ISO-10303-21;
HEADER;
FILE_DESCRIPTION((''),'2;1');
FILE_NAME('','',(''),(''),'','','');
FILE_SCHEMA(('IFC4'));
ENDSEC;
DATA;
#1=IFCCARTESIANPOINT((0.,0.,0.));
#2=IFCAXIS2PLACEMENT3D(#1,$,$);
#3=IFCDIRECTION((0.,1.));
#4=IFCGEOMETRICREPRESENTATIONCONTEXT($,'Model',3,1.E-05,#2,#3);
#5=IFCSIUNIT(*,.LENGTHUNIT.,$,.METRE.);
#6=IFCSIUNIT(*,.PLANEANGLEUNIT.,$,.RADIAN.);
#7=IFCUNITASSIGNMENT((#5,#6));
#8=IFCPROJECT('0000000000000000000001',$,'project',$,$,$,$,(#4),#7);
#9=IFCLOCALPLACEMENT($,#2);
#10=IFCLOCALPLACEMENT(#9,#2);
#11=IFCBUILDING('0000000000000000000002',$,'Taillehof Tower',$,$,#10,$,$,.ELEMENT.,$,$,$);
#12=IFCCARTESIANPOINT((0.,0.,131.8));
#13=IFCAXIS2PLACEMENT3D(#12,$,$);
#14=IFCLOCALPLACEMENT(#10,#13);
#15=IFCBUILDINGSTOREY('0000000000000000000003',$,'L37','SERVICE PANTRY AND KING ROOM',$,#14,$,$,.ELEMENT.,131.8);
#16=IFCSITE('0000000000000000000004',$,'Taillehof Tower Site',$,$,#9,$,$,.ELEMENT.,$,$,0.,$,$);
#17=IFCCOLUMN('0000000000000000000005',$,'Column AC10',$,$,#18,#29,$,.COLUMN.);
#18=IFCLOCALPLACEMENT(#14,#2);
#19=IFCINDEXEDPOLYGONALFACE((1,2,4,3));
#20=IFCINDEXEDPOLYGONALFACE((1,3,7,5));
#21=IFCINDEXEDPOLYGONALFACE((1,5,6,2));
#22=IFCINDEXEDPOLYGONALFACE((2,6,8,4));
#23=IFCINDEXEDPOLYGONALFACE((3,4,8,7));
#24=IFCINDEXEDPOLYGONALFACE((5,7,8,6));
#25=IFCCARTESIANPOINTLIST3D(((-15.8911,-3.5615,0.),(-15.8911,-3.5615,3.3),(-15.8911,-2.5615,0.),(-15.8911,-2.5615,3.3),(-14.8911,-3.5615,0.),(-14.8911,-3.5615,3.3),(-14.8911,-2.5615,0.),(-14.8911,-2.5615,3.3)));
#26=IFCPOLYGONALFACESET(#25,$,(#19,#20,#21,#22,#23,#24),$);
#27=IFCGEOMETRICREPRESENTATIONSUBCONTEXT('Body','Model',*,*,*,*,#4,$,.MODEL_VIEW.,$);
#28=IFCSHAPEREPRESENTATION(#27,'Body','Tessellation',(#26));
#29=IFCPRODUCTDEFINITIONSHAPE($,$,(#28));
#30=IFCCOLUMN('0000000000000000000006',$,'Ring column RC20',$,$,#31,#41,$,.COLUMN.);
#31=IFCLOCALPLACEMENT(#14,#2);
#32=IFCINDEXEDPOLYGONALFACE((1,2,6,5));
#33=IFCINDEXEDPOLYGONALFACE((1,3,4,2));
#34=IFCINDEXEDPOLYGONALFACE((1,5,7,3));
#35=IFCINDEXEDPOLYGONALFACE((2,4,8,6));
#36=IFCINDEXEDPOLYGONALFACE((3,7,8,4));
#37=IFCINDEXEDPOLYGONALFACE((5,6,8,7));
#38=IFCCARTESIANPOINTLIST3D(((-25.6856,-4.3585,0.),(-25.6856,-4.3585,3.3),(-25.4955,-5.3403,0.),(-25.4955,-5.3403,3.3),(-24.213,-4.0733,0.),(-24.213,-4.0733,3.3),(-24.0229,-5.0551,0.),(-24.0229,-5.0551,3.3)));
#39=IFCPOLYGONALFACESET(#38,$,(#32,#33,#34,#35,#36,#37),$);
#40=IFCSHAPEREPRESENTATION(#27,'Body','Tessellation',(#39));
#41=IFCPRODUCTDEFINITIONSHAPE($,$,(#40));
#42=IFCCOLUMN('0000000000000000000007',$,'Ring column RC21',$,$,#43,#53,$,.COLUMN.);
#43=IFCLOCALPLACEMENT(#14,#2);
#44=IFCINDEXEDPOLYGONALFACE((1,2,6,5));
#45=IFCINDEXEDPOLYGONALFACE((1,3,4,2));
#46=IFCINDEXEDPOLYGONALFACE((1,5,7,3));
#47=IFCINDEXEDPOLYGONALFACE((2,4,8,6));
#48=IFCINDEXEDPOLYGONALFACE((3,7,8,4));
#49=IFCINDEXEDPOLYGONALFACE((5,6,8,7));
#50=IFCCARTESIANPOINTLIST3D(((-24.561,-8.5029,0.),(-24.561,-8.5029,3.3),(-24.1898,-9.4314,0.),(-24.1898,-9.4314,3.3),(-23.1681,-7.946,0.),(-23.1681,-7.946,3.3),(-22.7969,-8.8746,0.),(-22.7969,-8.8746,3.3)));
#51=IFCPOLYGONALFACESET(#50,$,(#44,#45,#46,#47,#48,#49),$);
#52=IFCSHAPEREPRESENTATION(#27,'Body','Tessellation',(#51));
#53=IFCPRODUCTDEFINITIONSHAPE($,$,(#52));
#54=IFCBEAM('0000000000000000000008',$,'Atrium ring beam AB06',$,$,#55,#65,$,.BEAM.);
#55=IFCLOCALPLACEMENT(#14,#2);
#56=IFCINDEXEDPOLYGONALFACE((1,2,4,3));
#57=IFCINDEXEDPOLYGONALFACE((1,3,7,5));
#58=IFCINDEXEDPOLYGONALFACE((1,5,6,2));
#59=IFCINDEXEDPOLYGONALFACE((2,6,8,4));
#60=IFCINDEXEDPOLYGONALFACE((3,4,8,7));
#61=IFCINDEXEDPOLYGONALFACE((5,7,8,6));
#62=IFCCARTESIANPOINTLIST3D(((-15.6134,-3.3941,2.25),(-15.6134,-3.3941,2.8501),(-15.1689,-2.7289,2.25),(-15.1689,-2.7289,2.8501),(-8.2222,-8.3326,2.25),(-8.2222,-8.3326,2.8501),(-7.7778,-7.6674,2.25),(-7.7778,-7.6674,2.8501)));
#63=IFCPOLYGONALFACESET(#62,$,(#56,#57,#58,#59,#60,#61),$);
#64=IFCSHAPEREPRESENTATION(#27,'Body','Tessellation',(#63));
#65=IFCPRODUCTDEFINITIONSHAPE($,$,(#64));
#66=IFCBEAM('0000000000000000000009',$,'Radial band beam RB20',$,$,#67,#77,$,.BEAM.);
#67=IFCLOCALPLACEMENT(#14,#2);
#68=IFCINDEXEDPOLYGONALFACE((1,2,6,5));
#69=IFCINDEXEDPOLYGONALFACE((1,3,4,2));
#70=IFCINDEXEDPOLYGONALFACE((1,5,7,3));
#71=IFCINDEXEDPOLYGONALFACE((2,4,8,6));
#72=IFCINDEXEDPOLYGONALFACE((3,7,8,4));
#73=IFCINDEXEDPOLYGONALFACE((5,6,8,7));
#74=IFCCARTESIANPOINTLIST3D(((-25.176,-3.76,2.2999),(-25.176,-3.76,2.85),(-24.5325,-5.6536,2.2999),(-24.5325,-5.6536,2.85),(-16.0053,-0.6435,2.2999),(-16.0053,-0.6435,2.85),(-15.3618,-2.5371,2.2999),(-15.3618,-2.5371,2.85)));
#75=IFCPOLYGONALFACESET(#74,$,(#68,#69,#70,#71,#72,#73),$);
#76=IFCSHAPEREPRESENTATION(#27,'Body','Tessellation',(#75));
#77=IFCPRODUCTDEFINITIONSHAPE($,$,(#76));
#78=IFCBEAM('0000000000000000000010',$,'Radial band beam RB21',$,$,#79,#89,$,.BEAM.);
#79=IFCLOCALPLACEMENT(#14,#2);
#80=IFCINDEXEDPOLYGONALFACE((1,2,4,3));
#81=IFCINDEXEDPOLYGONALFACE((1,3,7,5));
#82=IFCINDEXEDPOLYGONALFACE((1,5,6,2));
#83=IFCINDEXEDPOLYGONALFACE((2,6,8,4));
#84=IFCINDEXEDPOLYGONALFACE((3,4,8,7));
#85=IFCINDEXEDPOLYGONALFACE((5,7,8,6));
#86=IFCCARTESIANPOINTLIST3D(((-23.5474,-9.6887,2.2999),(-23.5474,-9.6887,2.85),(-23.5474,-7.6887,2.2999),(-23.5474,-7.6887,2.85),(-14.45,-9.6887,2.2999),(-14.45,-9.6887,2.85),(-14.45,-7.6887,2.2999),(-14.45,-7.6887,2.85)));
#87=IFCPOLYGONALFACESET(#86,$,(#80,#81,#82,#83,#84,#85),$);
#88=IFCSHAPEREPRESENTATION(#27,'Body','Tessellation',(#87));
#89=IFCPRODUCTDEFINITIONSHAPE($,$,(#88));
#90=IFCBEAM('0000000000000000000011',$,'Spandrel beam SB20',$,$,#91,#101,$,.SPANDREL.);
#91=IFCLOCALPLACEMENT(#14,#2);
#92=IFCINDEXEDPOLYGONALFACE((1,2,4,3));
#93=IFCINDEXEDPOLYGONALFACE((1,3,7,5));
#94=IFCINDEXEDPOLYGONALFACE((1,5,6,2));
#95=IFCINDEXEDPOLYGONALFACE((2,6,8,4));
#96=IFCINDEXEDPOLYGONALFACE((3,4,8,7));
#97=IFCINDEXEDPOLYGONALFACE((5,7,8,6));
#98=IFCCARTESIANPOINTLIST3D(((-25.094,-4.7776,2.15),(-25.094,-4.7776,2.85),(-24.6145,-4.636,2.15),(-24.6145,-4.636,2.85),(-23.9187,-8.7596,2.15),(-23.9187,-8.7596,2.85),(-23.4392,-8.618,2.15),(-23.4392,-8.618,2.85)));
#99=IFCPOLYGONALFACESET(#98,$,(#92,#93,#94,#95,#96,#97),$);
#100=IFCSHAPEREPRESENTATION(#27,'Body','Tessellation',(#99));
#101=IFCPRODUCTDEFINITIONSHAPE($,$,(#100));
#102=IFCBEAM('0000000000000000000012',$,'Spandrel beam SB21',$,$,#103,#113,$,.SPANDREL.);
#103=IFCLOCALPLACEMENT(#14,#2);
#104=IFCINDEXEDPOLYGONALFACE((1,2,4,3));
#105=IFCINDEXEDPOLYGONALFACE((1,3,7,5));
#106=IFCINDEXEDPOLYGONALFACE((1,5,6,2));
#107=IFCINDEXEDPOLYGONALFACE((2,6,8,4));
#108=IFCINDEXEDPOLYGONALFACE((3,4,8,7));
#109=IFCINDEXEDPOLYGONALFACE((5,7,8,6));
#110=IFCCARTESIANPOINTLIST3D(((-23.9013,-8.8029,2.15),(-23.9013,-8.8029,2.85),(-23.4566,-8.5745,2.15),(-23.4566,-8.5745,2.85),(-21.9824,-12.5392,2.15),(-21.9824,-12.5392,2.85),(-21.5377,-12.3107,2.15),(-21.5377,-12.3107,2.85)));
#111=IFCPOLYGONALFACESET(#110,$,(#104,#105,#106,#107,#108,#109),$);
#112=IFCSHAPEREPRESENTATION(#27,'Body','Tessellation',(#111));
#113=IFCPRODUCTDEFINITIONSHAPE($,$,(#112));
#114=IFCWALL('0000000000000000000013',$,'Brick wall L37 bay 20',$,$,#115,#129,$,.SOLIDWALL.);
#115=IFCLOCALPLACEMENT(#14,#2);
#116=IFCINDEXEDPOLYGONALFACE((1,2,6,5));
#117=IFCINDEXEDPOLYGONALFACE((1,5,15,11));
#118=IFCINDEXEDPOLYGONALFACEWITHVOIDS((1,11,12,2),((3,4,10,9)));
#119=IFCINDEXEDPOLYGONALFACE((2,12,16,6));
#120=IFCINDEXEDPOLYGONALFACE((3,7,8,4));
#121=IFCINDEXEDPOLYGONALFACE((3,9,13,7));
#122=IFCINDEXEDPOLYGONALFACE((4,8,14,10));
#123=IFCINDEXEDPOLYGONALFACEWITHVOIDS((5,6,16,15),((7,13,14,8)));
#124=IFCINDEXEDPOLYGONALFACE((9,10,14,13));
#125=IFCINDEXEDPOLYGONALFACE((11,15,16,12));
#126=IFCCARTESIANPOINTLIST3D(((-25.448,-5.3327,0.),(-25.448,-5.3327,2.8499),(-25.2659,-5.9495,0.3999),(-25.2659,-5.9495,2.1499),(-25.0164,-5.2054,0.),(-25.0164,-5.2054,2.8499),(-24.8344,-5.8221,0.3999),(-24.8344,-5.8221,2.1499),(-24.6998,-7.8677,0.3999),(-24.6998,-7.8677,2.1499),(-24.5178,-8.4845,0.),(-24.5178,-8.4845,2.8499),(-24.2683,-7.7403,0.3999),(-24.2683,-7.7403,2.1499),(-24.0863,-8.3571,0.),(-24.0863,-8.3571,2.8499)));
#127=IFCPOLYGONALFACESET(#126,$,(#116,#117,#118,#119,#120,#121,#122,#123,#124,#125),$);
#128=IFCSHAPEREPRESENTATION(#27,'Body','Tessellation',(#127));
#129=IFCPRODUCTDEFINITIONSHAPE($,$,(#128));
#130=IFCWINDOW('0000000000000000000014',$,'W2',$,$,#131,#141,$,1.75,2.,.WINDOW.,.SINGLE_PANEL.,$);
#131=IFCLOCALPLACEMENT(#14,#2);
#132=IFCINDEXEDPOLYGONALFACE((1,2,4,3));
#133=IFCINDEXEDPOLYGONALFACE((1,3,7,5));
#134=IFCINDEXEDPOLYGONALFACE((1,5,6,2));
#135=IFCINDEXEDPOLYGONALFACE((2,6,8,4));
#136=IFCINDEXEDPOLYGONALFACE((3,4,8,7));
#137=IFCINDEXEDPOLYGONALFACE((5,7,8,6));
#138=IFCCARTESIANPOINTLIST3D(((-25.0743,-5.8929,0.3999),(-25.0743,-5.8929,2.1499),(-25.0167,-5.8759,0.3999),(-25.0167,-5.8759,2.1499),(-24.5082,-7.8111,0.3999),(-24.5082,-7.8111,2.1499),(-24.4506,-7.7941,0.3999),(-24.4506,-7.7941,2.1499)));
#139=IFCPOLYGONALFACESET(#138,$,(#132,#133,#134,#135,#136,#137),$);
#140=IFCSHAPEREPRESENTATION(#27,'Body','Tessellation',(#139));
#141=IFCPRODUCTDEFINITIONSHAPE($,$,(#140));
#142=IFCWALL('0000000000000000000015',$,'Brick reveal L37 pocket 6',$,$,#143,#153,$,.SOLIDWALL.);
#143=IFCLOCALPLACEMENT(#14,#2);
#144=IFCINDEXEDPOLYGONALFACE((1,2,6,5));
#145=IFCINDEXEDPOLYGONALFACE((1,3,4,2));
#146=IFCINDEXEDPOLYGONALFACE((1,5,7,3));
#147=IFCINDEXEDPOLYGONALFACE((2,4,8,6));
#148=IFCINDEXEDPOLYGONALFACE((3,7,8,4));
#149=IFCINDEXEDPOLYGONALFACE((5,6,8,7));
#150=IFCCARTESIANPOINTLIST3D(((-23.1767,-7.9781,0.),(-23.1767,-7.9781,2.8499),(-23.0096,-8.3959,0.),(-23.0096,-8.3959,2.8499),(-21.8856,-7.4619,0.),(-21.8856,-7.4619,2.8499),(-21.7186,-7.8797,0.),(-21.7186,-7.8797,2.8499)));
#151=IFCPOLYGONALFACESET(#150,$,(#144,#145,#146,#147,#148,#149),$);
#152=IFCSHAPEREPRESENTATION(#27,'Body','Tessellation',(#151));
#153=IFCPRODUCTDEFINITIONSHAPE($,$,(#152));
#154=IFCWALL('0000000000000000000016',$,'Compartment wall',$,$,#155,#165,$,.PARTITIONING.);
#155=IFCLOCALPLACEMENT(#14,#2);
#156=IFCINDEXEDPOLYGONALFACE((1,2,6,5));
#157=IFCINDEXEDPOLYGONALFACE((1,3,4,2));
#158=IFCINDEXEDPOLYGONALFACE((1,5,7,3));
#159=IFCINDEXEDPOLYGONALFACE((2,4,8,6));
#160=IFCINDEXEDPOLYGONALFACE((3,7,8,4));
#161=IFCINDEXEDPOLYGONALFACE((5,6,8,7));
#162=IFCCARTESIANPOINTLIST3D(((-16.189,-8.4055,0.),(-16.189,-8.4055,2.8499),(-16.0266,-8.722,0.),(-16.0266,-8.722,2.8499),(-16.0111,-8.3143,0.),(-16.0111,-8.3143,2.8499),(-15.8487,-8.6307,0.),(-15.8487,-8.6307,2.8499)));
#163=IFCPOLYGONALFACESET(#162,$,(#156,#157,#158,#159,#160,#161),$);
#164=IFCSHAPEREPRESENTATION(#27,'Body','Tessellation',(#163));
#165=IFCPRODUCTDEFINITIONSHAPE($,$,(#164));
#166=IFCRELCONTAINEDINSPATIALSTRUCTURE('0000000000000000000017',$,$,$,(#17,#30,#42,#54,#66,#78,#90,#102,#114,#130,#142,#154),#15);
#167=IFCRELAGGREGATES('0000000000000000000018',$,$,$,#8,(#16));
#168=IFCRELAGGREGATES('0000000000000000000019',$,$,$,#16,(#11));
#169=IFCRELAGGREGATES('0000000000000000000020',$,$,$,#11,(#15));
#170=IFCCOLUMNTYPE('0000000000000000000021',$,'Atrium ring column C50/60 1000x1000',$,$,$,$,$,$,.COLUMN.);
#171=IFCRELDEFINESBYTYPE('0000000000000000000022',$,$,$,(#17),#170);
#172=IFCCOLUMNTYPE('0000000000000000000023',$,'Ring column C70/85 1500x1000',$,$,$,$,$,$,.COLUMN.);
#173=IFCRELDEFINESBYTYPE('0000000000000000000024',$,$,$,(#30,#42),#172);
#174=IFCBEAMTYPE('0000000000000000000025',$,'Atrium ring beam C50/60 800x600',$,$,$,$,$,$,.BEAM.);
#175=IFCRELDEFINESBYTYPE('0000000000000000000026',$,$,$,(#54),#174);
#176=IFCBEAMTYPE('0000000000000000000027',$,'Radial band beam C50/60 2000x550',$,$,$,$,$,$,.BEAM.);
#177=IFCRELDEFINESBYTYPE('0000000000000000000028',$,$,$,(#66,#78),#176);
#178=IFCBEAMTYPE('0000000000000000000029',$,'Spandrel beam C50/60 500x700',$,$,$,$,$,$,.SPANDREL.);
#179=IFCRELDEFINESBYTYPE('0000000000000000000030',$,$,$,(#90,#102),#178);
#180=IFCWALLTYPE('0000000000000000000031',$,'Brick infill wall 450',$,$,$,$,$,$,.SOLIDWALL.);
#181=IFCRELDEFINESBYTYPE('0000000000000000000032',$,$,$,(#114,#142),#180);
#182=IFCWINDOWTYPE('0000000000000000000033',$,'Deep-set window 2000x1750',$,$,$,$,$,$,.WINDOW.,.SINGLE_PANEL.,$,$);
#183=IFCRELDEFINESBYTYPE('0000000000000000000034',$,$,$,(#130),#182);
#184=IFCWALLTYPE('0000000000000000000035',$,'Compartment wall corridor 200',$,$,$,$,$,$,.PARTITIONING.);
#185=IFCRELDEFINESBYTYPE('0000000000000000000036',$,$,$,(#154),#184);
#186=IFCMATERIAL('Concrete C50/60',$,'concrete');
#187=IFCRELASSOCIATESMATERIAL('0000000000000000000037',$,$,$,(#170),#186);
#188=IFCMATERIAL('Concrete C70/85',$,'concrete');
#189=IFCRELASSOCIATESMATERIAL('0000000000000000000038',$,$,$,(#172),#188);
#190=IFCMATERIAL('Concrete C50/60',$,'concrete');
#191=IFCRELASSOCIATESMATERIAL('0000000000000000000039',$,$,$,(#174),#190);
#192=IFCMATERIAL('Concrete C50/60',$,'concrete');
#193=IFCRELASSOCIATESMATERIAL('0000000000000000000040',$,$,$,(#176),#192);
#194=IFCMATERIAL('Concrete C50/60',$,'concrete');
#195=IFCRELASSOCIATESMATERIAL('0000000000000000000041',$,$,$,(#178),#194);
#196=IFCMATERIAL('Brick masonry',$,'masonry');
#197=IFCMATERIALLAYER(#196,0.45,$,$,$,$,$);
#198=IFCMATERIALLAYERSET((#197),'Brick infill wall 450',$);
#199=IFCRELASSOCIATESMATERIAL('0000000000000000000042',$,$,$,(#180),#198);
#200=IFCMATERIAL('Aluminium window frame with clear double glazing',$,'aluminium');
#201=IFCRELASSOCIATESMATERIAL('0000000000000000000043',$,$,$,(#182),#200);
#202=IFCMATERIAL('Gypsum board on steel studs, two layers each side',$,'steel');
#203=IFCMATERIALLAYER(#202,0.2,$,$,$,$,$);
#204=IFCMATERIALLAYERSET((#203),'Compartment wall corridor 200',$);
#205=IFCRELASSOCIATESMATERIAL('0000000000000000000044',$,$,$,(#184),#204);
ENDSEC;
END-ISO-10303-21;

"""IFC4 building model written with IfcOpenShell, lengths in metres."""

from ifc_helpers import new_model, si_unit, direction, frame, frame_2d, origin, origin_2d, place, context, subcontext, project, spatial, rectangle, extrude, material, layer, layer_set, material_profile, profile_set, type_object, element, fill, save


model = new_model("IFC4")

# Units and contexts
model_context = context("Model", 3, precision=1e-05, world=origin(), true_north=direction((0.0, 1.0)))
body_context = subcontext(model_context, "Body", "Model", "MODEL_VIEW")
ifc_project = project(units=[si_unit("LENGTHUNIT", "METRE"), si_unit("PLANEANGLEUNIT", "RADIAN")], contexts=[model_context])

# Site, building, storey
site_placement = place(None, origin())
site = spatial("IfcSite", under=ifc_project, at=site_placement, Name="Taillehof Tower Site", CompositionType="ELEMENT", RefElevation=0.0)
building_placement = place(site_placement, origin())
building = spatial("IfcBuilding", under=site, at=building_placement, Name="Taillehof Tower", CompositionType="ELEMENT")
storey_placement = place(building_placement, frame((0.0, 0.0, 131.8)))
storey = spatial("IfcBuildingStorey", under=building, at=storey_placement, Name="L37", Description="SERVICE PANTRY AND KING ROOM", CompositionType="ELEMENT", Elevation=131.8)

# Columns
ifc_material_1 = material(Name="Concrete C50/60", Category="concrete")
ifc_material_profile_1 = material_profile(ifc_material_1, rectangle(XDim=1.0, YDim=1.0, at=origin_2d()), Name="RC 1000x1000")
ifc_profile_set_1 = profile_set([ifc_material_profile_1], Name="Concrete C50/60")
column_type_1 = type_object("IfcColumnType", Name="Atrium ring column C50/60 1000x1000", PredefinedType="COLUMN", material=ifc_profile_set_1)
column_placement = place(storey_placement, frame((-15.3911, -3.0615, 0.0), z_axis=(0.0, 0.0, 1.0), x_axis=(1.0, 0.0, 0.0)))
element("IfcColumn", 1, at=column_placement, inside=storey, type_object=column_type_1, Name="Column AC10", PredefinedType="COLUMN", context=body_context, shape_type="SweptSolid", body=[
    extrude(rectangle(XDim=1.0, YDim=1.0, at=origin_2d()), origin(), (0.0, 0.0, 1.0), 3.3),
])
ifc_material_2 = material(Name="Concrete C70/85", Category="concrete")
ifc_material_profile_2 = material_profile(ifc_material_2, rectangle(XDim=1.5, YDim=1.0, at=origin_2d()), Name="RC 1500x1000")
ifc_profile_set_2 = profile_set([ifc_material_profile_2], Name="Concrete C70/85")
column_type_2 = type_object("IfcColumnType", Name="Ring column C70/85 1500x1000", PredefinedType="COLUMN", material=ifc_profile_set_2)
for number, where, z_axis, x_axis, name in (
    (2, (-24.8542, -4.7068, 0.0), (0.0, 0.0, 1.0), (-0.981757, -0.190138, 0.0), "Ring column RC20"),
    (3, (-23.679, -8.6887, 0.0), (0.0, 0.0, 1.0), (-0.92855, -0.371207, 0.0), "Ring column RC21"),
):
    element("IfcColumn", number, at=place(storey_placement, frame(where, z_axis=z_axis, x_axis=x_axis)), inside=storey, type_object=column_type_2, Name=name, PredefinedType="COLUMN", context=body_context, shape_type="SweptSolid", body=[
        extrude(rectangle(XDim=1.5, YDim=1.0, at=origin_2d()), origin(), (0.0, 0.0, 1.0), 3.3),
    ])

# Beams
ifc_material_3 = material(Name="Concrete C50/60", Category="concrete")
ifc_material_profile_3 = material_profile(ifc_material_3, rectangle(XDim=0.8, YDim=0.6001, at=origin_2d()), Name="RC 800x600")
ifc_profile_set_3 = profile_set([ifc_material_profile_3], Name="Concrete C50/60")
beam_type_1 = type_object("IfcBeamType", Name="Atrium ring beam C50/60 800x600", PredefinedType="BEAM", material=ifc_profile_set_3)
beam_1_placement = place(storey_placement, frame((-15.3911, -3.0615, 2.55), z_axis=(0.831475, -0.555562, 0.0), x_axis=(0.555562, 0.831475, 0.0)))
element("IfcBeam", 4, at=beam_1_placement, inside=storey, type_object=beam_type_1, Name="Atrium ring beam AB06", PredefinedType="BEAM", context=body_context, shape_type="SweptSolid", body=[
    extrude(rectangle(XDim=0.8, YDim=0.6001, at=origin_2d()), origin(), (0.0, 0.0, 1.0), 8.8892),
])
ifc_material_4 = material(Name="Concrete C50/60", Category="concrete")
ifc_material_profile_4 = material_profile(ifc_material_4, rectangle(XDim=2.0, YDim=0.55, at=origin_2d()), Name="RC 2000x550")
ifc_profile_set_4 = profile_set([ifc_material_profile_4], Name="Concrete C50/60")
beam_type_2 = type_object("IfcBeamType", Name="Radial band beam C50/60 2000x550", PredefinedType="BEAM", material=ifc_profile_set_4)
beam_2_placement = place(storey_placement, frame((-24.8542, -4.7068, 2.575), z_axis=(0.946822, 0.321758, 0.0), x_axis=(-0.321758, 0.946822, 0.0)))
element("IfcBeam", 5, at=beam_2_placement, inside=storey, type_object=beam_type_2, Name="Radial band beam RB20", PredefinedType="BEAM", context=body_context, shape_type="SweptSolid", body=[
    extrude(rectangle(XDim=2.0, YDim=0.55, at=origin_2d()), origin(), (0.0, 0.0, 1.0), 9.6858),
])
beam_3_placement = place(storey_placement, frame((-23.5474, -8.6887, 2.575), z_axis=(1.0, 0.0, 0.0), x_axis=(0.0, 1.0, 0.0)))
element("IfcBeam", 6, at=beam_3_placement, inside=storey, type_object=beam_type_2, Name="Radial band beam RB21", PredefinedType="BEAM", context=body_context, shape_type="SweptSolid", body=[
    extrude(rectangle(XDim=2.0, YDim=0.55, at=origin_2d()), origin(), (0.0, 0.0, 1.0), 9.0974),
])
ifc_material_5 = material(Name="Concrete C50/60", Category="concrete")
ifc_material_profile_5 = material_profile(ifc_material_5, rectangle(XDim=0.5, YDim=0.7, at=origin_2d()), Name="RC 500x700")
ifc_profile_set_5 = profile_set([ifc_material_profile_5], Name="Concrete C50/60")
beam_type_3 = type_object("IfcBeamType", Name="Spandrel beam C50/60 500x700", PredefinedType="SPANDREL", material=ifc_profile_set_5)
beam_4_placement = place(storey_placement, frame((-24.8542, -4.7068, 2.5), z_axis=(0.283083, -0.959095, 0.0), x_axis=(0.959095, 0.283083, 0.0)))
element("IfcBeam", 7, at=beam_4_placement, inside=storey, type_object=beam_type_3, Name="Spandrel beam SB20", PredefinedType="SPANDREL", context=body_context, shape_type="SweptSolid", body=[
    extrude(rectangle(XDim=0.5, YDim=0.7, at=origin_2d()), origin(), (0.0, 0.0, 1.0), 4.1519),
])
beam_5_placement = place(storey_placement, frame((-23.679, -8.6887, 2.5), z_axis=(0.456859, -0.889539, 0.0), x_axis=(0.889539, 0.456859, 0.0)))
element("IfcBeam", 8, at=beam_5_placement, inside=storey, type_object=beam_type_3, Name="Spandrel beam SB21", PredefinedType="SPANDREL", context=body_context, shape_type="SweptSolid", body=[
    extrude(rectangle(XDim=0.5, YDim=0.7, at=origin_2d()), origin(), (0.0, 0.0, 1.0), 4.2002),
])

# Wall, opening, window
ifc_material_6 = material(Name="Brick masonry", Category="masonry")
ifc_layer_1 = layer(ifc_material_6, 0.45)
ifc_layer_set_1 = layer_set([ifc_layer_1], Name="Brick infill wall 450")
wall_type_1 = type_object("IfcWallType", Name="Brick infill wall 450", PredefinedType="SOLIDWALL", material=ifc_layer_set_1)
wall_1_placement = place(storey_placement, frame((-25.2322, -5.269, 0.0), z_axis=(0.0, 0.0, 1.0), x_axis=(0.283051, -0.959105, 0.0)))
wall_1 = element("IfcWall", 9, at=wall_1_placement, inside=storey, type_object=wall_type_1, Name="Brick wall L37 bay 20", PredefinedType="SOLIDWALL", context=body_context, shape_type="SweptSolid", body=[
    extrude(rectangle(XDim=3.2861, YDim=0.45, at=frame_2d((1.6431, 0.0))), origin(), (0.0, 0.0, 1.0), 2.8499),
])
opening_1_placement = place(wall_1_placement, frame((0.6431, 0.0, 0.3999)))
opening_1 = element("IfcOpeningElement", 10, at=opening_1_placement, cuts=wall_1, PredefinedType="OPENING", context=body_context, shape_type="SweptSolid", body=[
    extrude(rectangle(XDim=2.0, YDim=1.75, at=frame_2d((1.0, 0.875))), frame((0.0, 0.2349, 0.0), z_axis=(0.0, -1.0, 0.0), x_axis=(1.0, 0.0, 0.0)), (0.0, 0.0, 1.0), 0.47),
])
ifc_material_7 = material(Name="Aluminium window frame with clear double glazing", Category="aluminium")
window_type_1 = type_object("IfcWindowType", Name="Deep-set window 2000x1750", PartitioningType="SINGLE_PANEL", PredefinedType="WINDOW", material=ifc_material_7)
window_1_placement = place(opening_1_placement, origin())
window_1 = element("IfcWindow", 11, at=window_1_placement, inside=storey, type_object=window_type_1, Name="W2", OverallHeight=1.75, OverallWidth=2.0, PartitioningType="SINGLE_PANEL", PredefinedType="WINDOW", context=body_context, shape_type="SweptSolid", body=[
    extrude(rectangle(XDim=2.0, YDim=1.75, at=frame_2d((1.0, 0.875))), frame((0.0, 0.0349, 0.0), z_axis=(0.0, -1.0, 0.0), x_axis=(1.0, 0.0, 0.0)), (0.0, 0.0, 1.0), 0.0601),
])
fill(opening_1, window_1)

# Wall
wall_2_placement = place(storey_placement, frame((-23.0933, -8.187, 0.0), z_axis=(0.0, 0.0, 1.0), x_axis=(0.928549, 0.371209, 0.0)))
element("IfcWall", 12, at=wall_2_placement, inside=storey, type_object=wall_type_1, Name="Brick reveal L37 pocket 6", PredefinedType="SOLIDWALL", context=body_context, shape_type="SweptSolid", body=[
    extrude(rectangle(XDim=1.3904, YDim=0.45, at=frame_2d((0.6953, 0.0))), origin(), (0.0, 0.0, 1.0), 2.8499),
])

# Wall
ifc_material_8 = material(Name="Gypsum board on steel studs, two layers each side", Category="steel")
ifc_layer_2 = layer(ifc_material_8, 0.2)
ifc_layer_set_2 = layer_set([ifc_layer_2], Name="Compartment wall corridor 200")
wall_type_2 = type_object("IfcWallType", Name="Compartment wall corridor 200", PredefinedType="PARTITIONING", material=ifc_layer_set_2)
wall_3_placement = place(storey_placement, frame((-15.9377, -8.6763, 0.0), z_axis=(0.0, 0.0, 1.0), x_axis=(-0.456526, 0.88971, 0.0)))
element("IfcWall", 13, at=wall_3_placement, inside=storey, type_object=wall_type_2, Name="Compartment wall", PredefinedType="PARTITIONING", context=body_context, shape_type="SweptSolid", body=[
    extrude(rectangle(XDim=0.3557, YDim=0.2, at=frame_2d((0.1777, 0.0))), origin(), (0.0, 0.0, 1.0), 2.8499),
])

save(model, "model.ifc")
